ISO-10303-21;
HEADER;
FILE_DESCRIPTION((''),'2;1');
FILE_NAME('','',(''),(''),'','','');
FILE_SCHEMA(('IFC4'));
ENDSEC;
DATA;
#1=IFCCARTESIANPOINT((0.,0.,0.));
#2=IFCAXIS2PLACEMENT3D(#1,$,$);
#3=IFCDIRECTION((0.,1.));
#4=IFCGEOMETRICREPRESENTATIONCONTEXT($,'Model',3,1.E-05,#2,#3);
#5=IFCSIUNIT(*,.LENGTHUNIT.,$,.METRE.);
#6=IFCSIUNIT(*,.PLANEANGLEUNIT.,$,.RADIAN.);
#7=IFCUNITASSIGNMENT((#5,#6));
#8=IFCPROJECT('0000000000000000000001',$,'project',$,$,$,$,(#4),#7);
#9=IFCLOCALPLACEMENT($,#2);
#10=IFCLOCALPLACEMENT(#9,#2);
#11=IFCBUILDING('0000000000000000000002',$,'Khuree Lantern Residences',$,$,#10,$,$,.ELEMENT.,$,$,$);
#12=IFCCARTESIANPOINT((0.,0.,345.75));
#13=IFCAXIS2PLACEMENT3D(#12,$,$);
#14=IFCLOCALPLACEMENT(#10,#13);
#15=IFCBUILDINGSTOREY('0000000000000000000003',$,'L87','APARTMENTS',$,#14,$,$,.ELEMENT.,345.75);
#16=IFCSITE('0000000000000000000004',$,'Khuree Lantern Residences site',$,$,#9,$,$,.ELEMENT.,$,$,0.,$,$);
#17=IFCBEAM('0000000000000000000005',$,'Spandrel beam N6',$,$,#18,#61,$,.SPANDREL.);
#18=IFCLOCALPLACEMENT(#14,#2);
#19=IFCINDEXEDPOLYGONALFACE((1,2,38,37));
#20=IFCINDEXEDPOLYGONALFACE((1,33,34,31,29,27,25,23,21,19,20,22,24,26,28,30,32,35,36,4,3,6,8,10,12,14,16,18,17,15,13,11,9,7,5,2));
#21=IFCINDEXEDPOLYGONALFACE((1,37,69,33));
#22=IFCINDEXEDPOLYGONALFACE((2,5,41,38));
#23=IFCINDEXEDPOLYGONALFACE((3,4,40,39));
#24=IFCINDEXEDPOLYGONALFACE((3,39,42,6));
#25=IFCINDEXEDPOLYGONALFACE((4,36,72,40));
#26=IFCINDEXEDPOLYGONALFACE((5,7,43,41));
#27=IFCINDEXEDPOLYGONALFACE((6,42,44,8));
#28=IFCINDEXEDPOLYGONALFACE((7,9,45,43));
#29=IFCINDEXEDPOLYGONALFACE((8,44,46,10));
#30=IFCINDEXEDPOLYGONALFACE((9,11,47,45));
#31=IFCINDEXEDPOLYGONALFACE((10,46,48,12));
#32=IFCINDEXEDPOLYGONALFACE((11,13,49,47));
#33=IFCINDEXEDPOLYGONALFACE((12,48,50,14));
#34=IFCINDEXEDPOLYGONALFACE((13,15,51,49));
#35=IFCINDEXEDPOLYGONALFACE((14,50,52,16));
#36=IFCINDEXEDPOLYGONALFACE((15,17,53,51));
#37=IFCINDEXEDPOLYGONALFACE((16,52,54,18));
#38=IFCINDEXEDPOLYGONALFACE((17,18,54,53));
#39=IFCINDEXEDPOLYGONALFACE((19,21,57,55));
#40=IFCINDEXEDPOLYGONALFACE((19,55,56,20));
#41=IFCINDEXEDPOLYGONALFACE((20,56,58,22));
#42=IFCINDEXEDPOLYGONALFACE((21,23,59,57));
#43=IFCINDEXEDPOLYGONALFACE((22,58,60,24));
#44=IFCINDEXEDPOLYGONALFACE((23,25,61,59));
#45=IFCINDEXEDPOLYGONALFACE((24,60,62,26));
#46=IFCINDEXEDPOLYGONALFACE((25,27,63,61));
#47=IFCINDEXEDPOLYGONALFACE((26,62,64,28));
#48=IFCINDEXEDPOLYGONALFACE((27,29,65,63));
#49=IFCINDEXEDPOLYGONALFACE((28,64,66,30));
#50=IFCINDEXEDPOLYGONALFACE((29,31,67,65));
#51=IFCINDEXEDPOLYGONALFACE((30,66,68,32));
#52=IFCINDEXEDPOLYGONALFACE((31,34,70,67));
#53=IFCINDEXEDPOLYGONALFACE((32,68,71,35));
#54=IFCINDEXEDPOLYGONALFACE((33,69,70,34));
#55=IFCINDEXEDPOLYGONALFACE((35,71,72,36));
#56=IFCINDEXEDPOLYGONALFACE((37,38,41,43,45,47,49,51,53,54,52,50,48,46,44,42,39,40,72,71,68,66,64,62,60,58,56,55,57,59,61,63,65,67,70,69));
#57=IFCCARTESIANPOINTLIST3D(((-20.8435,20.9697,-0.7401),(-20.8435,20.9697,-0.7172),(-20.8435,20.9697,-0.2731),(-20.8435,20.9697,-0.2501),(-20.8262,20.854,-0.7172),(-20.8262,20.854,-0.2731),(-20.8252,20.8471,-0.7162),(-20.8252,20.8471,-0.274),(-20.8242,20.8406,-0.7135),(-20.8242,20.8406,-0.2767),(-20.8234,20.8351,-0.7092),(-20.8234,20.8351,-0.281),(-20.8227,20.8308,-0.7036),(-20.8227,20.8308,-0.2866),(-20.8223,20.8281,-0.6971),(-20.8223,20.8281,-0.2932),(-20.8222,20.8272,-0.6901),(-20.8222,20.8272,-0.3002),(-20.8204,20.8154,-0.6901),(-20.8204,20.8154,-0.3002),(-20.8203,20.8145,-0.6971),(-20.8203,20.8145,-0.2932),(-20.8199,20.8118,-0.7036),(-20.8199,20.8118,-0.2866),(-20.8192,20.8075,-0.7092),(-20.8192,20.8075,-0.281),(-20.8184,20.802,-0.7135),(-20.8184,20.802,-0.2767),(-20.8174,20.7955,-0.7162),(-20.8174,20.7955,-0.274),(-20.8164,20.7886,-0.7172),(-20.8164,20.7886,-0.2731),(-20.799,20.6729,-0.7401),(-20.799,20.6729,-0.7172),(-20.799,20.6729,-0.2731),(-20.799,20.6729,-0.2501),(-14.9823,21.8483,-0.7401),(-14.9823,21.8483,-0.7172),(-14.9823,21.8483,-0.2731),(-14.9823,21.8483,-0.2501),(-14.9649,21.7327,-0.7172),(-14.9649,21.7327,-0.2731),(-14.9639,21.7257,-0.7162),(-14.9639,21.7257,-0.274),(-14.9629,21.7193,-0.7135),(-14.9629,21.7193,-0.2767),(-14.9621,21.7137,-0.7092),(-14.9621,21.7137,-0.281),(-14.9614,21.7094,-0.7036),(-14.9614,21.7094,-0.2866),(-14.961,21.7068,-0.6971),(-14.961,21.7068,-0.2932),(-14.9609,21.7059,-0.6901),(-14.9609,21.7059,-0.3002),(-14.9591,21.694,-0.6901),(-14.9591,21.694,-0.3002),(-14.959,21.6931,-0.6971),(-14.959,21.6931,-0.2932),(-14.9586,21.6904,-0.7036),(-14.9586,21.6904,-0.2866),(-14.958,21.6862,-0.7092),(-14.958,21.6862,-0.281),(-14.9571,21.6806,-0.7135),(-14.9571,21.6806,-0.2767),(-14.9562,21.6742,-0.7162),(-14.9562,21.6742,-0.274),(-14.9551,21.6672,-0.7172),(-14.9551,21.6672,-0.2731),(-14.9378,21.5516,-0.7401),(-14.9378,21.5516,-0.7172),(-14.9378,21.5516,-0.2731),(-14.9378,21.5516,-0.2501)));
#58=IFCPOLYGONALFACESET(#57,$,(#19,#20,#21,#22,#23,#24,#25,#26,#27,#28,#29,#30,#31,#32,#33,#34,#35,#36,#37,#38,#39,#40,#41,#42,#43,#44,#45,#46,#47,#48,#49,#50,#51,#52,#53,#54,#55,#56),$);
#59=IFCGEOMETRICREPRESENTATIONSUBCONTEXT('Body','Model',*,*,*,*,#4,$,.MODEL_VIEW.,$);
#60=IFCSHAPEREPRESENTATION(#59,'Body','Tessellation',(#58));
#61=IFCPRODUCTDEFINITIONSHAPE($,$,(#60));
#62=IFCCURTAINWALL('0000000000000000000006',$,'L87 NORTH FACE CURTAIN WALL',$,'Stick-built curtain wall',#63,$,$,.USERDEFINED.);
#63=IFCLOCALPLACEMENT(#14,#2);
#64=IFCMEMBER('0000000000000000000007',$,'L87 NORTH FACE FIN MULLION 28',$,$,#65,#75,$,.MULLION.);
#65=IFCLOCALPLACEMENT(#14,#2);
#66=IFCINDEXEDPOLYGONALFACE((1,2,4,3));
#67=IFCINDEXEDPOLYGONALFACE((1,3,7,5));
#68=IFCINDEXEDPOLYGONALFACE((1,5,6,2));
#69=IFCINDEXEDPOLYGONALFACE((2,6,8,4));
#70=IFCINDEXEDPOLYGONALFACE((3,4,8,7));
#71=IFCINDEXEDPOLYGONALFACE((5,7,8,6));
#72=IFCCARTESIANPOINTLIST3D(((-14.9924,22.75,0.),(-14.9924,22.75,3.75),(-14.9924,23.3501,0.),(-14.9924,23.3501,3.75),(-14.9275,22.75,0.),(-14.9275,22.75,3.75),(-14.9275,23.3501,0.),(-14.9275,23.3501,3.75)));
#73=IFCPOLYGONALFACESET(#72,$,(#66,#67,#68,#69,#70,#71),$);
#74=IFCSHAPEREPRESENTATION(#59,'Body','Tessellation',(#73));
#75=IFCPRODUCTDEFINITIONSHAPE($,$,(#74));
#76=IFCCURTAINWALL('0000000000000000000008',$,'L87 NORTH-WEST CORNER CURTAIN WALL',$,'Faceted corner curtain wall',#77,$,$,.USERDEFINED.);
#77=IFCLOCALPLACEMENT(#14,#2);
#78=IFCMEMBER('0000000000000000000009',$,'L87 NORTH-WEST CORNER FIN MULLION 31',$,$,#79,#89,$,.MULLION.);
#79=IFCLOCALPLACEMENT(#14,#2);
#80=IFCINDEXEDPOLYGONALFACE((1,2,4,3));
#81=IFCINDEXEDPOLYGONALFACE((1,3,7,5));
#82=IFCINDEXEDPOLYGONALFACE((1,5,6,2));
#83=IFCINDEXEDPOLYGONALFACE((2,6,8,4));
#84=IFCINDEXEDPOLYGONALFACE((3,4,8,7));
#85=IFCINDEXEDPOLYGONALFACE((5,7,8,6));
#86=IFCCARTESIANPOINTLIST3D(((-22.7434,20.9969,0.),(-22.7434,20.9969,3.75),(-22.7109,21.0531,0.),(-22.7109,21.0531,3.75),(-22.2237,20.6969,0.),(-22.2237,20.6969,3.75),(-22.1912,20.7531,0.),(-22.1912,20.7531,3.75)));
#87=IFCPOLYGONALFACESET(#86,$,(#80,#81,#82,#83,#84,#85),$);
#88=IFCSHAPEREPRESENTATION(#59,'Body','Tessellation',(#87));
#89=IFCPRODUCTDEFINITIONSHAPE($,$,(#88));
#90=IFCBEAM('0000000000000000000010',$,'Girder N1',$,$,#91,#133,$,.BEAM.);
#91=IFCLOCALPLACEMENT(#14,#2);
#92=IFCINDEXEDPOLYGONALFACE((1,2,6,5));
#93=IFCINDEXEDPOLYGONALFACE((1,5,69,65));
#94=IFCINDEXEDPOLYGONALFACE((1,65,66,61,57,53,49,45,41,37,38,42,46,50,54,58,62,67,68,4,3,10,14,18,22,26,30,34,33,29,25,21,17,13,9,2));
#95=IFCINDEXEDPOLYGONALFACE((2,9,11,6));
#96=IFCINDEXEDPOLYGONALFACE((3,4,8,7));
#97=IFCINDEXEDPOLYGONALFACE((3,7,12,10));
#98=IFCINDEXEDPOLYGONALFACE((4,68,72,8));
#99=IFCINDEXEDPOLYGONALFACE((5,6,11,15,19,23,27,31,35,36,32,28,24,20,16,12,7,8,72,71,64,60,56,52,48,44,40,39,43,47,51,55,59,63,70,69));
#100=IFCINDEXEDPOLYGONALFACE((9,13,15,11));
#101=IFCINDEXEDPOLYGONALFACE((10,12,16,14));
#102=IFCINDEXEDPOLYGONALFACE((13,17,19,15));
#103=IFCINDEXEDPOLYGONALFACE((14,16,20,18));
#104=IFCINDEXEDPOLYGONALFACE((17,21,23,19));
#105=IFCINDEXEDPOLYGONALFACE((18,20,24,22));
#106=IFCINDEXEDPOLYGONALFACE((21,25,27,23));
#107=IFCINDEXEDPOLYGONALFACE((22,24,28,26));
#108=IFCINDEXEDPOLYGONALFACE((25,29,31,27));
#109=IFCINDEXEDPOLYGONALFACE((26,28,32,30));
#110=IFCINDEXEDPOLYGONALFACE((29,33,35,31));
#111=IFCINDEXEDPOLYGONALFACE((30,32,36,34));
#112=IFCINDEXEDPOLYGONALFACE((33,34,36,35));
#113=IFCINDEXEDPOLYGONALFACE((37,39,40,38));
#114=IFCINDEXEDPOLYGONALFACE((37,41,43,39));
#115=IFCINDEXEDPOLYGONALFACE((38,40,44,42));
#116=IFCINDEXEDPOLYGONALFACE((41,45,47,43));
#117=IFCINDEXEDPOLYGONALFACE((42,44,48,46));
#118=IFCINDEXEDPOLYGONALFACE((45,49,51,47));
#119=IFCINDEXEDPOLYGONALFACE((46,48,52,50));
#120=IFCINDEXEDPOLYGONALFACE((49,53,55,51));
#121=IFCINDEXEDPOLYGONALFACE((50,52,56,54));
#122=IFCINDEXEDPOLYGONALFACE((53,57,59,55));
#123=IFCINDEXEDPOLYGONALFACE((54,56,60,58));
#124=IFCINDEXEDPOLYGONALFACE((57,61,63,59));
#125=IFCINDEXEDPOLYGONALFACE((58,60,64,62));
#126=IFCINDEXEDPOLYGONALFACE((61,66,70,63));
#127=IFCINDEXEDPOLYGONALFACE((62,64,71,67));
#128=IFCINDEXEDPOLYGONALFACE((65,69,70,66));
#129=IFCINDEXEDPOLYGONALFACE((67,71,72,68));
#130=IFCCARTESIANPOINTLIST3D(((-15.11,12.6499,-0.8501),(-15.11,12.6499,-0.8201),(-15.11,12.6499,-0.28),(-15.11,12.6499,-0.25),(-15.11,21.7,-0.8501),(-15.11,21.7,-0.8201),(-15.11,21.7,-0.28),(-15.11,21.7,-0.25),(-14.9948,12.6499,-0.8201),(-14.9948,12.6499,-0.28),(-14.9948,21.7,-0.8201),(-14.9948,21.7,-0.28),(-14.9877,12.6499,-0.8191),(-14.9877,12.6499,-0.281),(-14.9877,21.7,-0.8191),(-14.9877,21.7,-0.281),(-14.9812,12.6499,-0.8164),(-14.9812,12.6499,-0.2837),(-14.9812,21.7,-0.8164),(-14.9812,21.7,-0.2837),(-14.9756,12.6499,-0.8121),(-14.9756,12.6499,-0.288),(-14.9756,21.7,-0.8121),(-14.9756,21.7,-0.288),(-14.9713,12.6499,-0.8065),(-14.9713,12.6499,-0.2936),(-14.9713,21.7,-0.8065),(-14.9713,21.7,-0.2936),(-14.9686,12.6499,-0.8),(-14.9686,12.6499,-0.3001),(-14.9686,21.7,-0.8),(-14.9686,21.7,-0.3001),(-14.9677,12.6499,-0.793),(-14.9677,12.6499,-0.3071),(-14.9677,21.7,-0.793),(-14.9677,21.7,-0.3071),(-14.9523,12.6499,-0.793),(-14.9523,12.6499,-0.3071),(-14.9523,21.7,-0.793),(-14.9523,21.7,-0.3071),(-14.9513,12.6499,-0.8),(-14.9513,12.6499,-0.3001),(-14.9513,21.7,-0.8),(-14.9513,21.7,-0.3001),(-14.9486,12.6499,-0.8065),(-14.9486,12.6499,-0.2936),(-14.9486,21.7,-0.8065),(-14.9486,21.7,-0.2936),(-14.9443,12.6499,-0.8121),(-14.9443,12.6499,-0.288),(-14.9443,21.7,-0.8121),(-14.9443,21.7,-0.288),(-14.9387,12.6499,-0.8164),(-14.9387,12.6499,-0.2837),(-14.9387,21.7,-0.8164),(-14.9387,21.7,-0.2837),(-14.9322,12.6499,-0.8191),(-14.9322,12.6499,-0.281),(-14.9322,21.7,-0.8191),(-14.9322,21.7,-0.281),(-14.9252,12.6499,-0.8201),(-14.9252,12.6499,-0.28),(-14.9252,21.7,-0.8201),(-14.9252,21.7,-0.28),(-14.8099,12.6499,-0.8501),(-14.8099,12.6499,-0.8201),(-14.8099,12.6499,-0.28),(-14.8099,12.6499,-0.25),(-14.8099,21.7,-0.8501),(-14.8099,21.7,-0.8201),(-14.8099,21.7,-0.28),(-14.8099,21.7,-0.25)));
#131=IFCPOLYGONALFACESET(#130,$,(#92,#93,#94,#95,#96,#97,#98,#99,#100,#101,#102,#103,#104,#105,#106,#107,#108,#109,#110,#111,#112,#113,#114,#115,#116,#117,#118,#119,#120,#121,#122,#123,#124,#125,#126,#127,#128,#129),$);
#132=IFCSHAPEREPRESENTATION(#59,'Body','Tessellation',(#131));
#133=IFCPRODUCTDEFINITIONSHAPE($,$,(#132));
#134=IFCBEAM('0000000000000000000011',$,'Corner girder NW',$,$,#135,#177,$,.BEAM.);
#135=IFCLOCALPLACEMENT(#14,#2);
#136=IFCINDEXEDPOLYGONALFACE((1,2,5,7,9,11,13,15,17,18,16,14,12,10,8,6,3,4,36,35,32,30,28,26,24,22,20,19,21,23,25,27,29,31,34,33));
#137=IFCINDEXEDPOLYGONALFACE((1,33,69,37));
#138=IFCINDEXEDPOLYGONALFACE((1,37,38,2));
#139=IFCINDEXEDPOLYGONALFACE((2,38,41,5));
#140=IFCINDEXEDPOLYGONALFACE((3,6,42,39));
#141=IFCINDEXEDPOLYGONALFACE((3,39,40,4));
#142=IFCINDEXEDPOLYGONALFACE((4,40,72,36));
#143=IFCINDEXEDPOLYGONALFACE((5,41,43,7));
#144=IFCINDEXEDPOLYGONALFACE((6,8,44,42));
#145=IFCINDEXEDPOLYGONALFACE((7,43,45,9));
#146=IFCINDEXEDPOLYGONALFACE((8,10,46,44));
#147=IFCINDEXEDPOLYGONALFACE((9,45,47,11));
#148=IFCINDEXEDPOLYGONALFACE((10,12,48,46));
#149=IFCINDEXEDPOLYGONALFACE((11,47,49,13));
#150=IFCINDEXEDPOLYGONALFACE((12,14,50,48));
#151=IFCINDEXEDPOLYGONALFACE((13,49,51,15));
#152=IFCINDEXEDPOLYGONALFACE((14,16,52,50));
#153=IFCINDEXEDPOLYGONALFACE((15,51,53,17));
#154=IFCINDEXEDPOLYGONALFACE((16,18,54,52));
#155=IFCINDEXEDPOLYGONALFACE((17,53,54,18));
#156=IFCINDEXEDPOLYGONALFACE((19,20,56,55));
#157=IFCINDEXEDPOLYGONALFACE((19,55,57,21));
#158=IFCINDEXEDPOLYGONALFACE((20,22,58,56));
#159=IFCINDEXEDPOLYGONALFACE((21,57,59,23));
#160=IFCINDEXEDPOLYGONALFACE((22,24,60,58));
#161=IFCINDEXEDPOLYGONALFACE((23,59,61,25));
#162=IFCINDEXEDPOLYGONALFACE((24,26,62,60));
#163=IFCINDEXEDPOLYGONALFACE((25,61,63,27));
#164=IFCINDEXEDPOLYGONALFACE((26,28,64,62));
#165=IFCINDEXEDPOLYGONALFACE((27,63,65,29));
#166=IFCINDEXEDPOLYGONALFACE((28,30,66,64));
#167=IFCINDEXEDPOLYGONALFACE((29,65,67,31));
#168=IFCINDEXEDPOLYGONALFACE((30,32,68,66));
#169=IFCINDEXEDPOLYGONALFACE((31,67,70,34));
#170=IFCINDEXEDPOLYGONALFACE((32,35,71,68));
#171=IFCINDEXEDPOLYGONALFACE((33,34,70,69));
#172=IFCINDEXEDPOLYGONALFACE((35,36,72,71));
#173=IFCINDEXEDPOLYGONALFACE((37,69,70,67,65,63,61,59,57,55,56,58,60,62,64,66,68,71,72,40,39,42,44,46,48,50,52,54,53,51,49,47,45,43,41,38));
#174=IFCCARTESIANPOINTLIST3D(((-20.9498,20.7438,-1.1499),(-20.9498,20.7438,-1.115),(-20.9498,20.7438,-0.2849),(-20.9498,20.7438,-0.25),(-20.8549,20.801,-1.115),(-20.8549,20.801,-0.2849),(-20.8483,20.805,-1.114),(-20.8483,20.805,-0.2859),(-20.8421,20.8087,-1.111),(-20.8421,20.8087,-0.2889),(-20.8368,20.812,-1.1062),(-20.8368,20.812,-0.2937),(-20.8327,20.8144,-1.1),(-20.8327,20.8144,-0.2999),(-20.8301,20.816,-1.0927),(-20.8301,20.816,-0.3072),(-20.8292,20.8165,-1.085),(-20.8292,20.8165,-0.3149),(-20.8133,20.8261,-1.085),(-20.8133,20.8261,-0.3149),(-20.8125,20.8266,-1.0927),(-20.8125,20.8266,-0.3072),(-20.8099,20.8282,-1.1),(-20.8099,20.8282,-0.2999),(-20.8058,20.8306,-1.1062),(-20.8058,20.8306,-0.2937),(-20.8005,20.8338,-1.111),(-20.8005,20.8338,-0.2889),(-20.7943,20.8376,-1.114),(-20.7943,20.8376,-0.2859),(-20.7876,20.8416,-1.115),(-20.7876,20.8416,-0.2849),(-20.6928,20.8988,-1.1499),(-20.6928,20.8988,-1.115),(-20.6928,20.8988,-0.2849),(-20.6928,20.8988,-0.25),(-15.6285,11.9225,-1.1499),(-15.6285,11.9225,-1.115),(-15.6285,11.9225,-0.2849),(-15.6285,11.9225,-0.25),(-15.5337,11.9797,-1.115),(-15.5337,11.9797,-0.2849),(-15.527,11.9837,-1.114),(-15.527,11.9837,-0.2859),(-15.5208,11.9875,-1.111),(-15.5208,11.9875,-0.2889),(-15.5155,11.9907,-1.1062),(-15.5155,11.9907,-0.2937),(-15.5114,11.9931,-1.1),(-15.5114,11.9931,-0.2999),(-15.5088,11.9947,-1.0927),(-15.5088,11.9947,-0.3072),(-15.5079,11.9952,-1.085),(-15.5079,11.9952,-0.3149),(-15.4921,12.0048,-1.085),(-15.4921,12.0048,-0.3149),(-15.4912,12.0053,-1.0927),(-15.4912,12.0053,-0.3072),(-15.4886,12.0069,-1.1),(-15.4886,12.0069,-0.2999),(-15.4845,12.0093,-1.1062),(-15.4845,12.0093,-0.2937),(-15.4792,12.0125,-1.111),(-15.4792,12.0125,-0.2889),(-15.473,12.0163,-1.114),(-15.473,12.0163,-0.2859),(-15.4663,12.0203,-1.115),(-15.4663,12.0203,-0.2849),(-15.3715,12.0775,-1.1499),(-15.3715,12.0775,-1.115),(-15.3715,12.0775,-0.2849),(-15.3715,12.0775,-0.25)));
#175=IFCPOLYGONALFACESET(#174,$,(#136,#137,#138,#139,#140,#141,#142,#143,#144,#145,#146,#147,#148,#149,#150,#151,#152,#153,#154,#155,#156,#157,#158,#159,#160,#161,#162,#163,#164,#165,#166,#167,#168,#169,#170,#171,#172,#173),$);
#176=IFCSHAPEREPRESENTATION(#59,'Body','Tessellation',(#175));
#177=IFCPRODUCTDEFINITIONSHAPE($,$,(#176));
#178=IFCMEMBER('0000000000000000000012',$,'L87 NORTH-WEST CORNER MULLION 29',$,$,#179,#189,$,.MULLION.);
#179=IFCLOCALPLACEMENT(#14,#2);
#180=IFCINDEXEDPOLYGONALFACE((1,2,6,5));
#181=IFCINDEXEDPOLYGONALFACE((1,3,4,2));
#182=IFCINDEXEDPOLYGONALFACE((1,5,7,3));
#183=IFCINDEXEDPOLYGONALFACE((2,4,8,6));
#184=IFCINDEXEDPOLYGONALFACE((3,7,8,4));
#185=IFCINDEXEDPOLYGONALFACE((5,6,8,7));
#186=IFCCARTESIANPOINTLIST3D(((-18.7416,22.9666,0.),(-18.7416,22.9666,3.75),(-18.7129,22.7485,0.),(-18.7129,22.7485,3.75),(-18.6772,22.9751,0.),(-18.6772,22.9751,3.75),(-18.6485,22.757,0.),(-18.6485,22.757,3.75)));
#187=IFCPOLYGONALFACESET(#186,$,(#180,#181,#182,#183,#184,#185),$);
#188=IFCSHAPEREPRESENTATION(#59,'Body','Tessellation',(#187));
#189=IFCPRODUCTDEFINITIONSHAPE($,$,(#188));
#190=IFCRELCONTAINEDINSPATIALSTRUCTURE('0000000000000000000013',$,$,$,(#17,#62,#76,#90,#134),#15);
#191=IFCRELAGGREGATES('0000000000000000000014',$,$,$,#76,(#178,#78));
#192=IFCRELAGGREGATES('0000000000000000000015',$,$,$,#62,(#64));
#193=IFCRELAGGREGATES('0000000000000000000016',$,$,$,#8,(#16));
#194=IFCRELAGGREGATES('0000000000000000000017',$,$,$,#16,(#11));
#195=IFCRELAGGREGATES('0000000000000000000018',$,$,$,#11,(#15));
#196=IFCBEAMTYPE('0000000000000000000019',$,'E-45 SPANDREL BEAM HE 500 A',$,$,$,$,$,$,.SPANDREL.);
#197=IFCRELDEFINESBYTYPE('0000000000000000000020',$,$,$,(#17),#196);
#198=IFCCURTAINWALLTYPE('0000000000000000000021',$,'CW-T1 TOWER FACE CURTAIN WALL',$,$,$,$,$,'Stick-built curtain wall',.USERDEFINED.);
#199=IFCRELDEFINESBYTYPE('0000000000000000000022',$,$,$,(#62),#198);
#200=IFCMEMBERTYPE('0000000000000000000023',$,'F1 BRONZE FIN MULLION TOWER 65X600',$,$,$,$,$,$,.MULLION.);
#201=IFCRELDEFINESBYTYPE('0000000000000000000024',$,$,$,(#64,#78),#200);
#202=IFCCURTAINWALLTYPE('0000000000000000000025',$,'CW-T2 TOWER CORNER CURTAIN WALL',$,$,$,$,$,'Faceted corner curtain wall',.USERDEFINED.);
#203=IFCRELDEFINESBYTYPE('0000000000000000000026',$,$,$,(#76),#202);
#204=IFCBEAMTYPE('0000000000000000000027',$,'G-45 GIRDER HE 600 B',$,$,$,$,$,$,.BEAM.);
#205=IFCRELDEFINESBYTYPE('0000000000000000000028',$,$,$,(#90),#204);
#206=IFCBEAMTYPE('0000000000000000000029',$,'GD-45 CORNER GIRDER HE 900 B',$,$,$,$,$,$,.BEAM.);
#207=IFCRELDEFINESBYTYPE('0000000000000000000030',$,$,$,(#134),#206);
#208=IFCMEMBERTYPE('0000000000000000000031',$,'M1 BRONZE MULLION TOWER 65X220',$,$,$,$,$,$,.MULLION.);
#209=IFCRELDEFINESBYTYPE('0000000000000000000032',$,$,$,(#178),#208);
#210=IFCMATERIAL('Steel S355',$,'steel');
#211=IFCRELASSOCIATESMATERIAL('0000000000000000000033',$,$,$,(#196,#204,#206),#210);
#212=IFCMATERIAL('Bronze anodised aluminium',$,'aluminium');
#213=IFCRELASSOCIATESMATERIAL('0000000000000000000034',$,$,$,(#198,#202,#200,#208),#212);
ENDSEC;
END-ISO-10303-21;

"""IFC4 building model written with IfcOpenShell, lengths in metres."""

from ifc_helpers import new_model, si_unit, direction, frame, origin, origin_2d, place, context, subcontext, project, spatial, rectangle, i_section, extrude, material, material_profile, profile_set, type_object, element, aggregate, save


model = new_model("IFC4")

# Units and contexts
model_context = context("Model", 3, precision=1e-05, world=origin(), true_north=direction((0.0, 1.0)))
body_context = subcontext(model_context, "Body", "Model", "MODEL_VIEW")
ifc_project = project(units=[si_unit("LENGTHUNIT", "METRE"), si_unit("PLANEANGLEUNIT", "RADIAN")], contexts=[model_context])

# Site, building, storey
site_placement = place(None, origin())
site = spatial("IfcSite", under=ifc_project, at=site_placement, Name="Khuree Lantern Residences site", CompositionType="ELEMENT", RefElevation=0.0)
building_placement = place(site_placement, origin())
building = spatial("IfcBuilding", under=site, at=building_placement, Name="Khuree Lantern Residences", CompositionType="ELEMENT")
storey_placement = place(building_placement, frame((0.0, 0.0, 345.75)))
storey = spatial("IfcBuildingStorey", under=building, at=storey_placement, Name="L87", Description="APARTMENTS", CompositionType="ELEMENT", Elevation=345.75)

# Beam
ifc_material_1 = material(Name="Steel S355", Category="steel")
ifc_material_profile_1 = material_profile(ifc_material_1, i_section(OverallWidth=0.3, OverallDepth=0.49, WebThickness=0.012, FlangeThickness=0.0229, FilletRadius=0.0271, at=origin_2d()), Name="HE 500 A")
ifc_profile_set_1 = profile_set([ifc_material_profile_1], Name="Steel S355")
beam_type_1 = type_object("IfcBeamType", Name="E-45 SPANDREL BEAM HE 500 A", PredefinedType="SPANDREL", material=ifc_profile_set_1)
beam_1_placement = place(storey_placement, frame((-20.8213, 20.8213, -0.4951), z_axis=(0.98895, 0.148252, 0.0), x_axis=(-0.148252, 0.98895, 0.0)))
element("IfcBeam", 1, at=beam_1_placement, inside=storey, type_object=beam_type_1, Name="Spandrel beam N6", PredefinedType="SPANDREL", context=body_context, shape_type="SweptSolid", body=[
    extrude(i_section(OverallWidth=0.3, OverallDepth=0.49, WebThickness=0.012, FlangeThickness=0.0229, FilletRadius=0.0271, at=origin_2d()), origin(), (0.0, 0.0, 1.0), 5.9268),
])

# Curtain walls, members
ifc_material_2 = material(Name="Bronze anodised aluminium", Category="aluminium")
curtain_wall_type_1 = type_object("IfcCurtainWallType", Name="CW-T1 TOWER FACE CURTAIN WALL", ElementType="Stick-built curtain wall", PredefinedType="USERDEFINED", material=ifc_material_2)
curtain_wall_1_placement = place(storey_placement, origin())
curtain_wall_1 = element("IfcCurtainWall", 2, at=curtain_wall_1_placement, inside=storey, type_object=curtain_wall_type_1, Name="L87 NORTH FACE CURTAIN WALL", ObjectType="Stick-built curtain wall", PredefinedType="USERDEFINED")
ifc_material_profile_2 = material_profile(ifc_material_2, rectangle(XDim=0.0649, YDim=0.6001, at=origin_2d()), Name="F1 65X600")
ifc_profile_set_2 = profile_set([ifc_material_profile_2], Name="Bronze anodised aluminium")
member_type_1 = type_object("IfcMemberType", Name="F1 BRONZE FIN MULLION TOWER 65X600", PredefinedType="MULLION", material=ifc_profile_set_2)
member_1_placement = place(storey_placement, frame((-14.96, 23.05, 0.0), z_axis=(0.0, 0.0, 1.0), x_axis=(-1.0, 0.0, 0.0)))
member_1 = element("IfcMember", 3, at=member_1_placement, type_object=member_type_1, Name="L87 NORTH FACE FIN MULLION 28", PredefinedType="MULLION", context=body_context, shape_type="SweptSolid", body=[
    extrude(rectangle(XDim=0.0649, YDim=0.6001, at=origin_2d()), origin(), (0.0, 0.0, 1.0), 3.75),
])
curtain_wall_type_2 = type_object("IfcCurtainWallType", Name="CW-T2 TOWER CORNER CURTAIN WALL", ElementType="Faceted corner curtain wall", PredefinedType="USERDEFINED", material=ifc_material_2)
curtain_wall_2_placement = place(storey_placement, origin())
curtain_wall_2 = element("IfcCurtainWall", 4, at=curtain_wall_2_placement, inside=storey, type_object=curtain_wall_type_2, Name="L87 NORTH-WEST CORNER CURTAIN WALL", ObjectType="Faceted corner curtain wall", PredefinedType="USERDEFINED")
member_2_placement = place(storey_placement, frame((-22.4673, 20.875, 0.0), z_axis=(0.0, 0.0, 1.0), x_axis=(-0.5, -0.866025, 0.0)))
member_2 = element("IfcMember", 5, at=member_2_placement, type_object=member_type_1, Name="L87 NORTH-WEST CORNER FIN MULLION 31", PredefinedType="MULLION", context=body_context, shape_type="SweptSolid", body=[
    extrude(rectangle(XDim=0.0649, YDim=0.6001, at=origin_2d()), origin(), (0.0, 0.0, 1.0), 3.75),
])

# Beams
ifc_material_profile_3 = material_profile(ifc_material_1, i_section(OverallWidth=0.3, OverallDepth=0.6001, WebThickness=0.0154, FlangeThickness=0.03, FilletRadius=0.0271, at=origin_2d()), Name="HE 600 B")
ifc_profile_set_3 = profile_set([ifc_material_profile_3], Name="Steel S355")
beam_type_2 = type_object("IfcBeamType", Name="G-45 GIRDER HE 600 B", PredefinedType="BEAM", material=ifc_profile_set_3)
beam_2_placement = place(storey_placement, frame((-14.96, 21.7, -0.55), z_axis=(0.0, -1.0, 0.0), x_axis=(1.0, 0.0, 0.0)))
element("IfcBeam", 6, at=beam_2_placement, inside=storey, type_object=beam_type_2, Name="Girder N1", PredefinedType="BEAM", context=body_context, shape_type="SweptSolid", body=[
    extrude(i_section(OverallWidth=0.3, OverallDepth=0.6001, WebThickness=0.0154, FlangeThickness=0.03, FilletRadius=0.0271, at=origin_2d()), origin(), (0.0, 0.0, 1.0), 9.05),
])
ifc_material_profile_4 = material_profile(ifc_material_1, i_section(OverallWidth=0.3, OverallDepth=0.8999, WebThickness=0.0186, FlangeThickness=0.0349, FilletRadius=0.03, at=origin_2d()), Name="HE 900 B")
ifc_profile_set_4 = profile_set([ifc_material_profile_4], Name="Steel S355")
beam_type_3 = type_object("IfcBeamType", Name="GD-45 CORNER GIRDER HE 900 B", PredefinedType="BEAM", material=ifc_profile_set_4)
beam_3_placement = place(storey_placement, frame((-20.8213, 20.8213, -0.7), z_axis=(0.51653, -0.856269, 0.0), x_axis=(0.856269, 0.51653, 0.0)))
element("IfcBeam", 7, at=beam_3_placement, inside=storey, type_object=beam_type_3, Name="Corner girder NW", PredefinedType="BEAM", context=body_context, shape_type="SweptSolid", body=[
    extrude(i_section(OverallWidth=0.3, OverallDepth=0.8999, WebThickness=0.0186, FlangeThickness=0.0349, FilletRadius=0.03, at=origin_2d()), origin(), (0.0, 0.0, 1.0), 10.302),
])

# Member
ifc_material_profile_5 = material_profile(ifc_material_2, rectangle(XDim=0.0649, YDim=0.22, at=origin_2d()), Name="M1 65X220")
ifc_profile_set_5 = profile_set([ifc_material_profile_5], Name="Bronze anodised aluminium")
member_type_2 = type_object("IfcMemberType", Name="M1 BRONZE MULLION TOWER 65X220", PredefinedType="MULLION", material=ifc_profile_set_5)
member_3_placement = place(storey_placement, frame((-18.6951, 22.8618, 0.0), z_axis=(0.0, 0.0, 1.0), x_axis=(-0.991445, -0.130526, 0.0)))
member_3 = element("IfcMember", 8, at=member_3_placement, type_object=member_type_2, Name="L87 NORTH-WEST CORNER MULLION 29", PredefinedType="MULLION", context=body_context, shape_type="SweptSolid", body=[
    extrude(rectangle(XDim=0.0649, YDim=0.22, at=origin_2d()), origin(), (0.0, 0.0, 1.0), 3.75),
])

aggregate(curtain_wall_2, [member_3, member_2])
aggregate(curtain_wall_1, [member_1])

save(model, "model.ifc")
